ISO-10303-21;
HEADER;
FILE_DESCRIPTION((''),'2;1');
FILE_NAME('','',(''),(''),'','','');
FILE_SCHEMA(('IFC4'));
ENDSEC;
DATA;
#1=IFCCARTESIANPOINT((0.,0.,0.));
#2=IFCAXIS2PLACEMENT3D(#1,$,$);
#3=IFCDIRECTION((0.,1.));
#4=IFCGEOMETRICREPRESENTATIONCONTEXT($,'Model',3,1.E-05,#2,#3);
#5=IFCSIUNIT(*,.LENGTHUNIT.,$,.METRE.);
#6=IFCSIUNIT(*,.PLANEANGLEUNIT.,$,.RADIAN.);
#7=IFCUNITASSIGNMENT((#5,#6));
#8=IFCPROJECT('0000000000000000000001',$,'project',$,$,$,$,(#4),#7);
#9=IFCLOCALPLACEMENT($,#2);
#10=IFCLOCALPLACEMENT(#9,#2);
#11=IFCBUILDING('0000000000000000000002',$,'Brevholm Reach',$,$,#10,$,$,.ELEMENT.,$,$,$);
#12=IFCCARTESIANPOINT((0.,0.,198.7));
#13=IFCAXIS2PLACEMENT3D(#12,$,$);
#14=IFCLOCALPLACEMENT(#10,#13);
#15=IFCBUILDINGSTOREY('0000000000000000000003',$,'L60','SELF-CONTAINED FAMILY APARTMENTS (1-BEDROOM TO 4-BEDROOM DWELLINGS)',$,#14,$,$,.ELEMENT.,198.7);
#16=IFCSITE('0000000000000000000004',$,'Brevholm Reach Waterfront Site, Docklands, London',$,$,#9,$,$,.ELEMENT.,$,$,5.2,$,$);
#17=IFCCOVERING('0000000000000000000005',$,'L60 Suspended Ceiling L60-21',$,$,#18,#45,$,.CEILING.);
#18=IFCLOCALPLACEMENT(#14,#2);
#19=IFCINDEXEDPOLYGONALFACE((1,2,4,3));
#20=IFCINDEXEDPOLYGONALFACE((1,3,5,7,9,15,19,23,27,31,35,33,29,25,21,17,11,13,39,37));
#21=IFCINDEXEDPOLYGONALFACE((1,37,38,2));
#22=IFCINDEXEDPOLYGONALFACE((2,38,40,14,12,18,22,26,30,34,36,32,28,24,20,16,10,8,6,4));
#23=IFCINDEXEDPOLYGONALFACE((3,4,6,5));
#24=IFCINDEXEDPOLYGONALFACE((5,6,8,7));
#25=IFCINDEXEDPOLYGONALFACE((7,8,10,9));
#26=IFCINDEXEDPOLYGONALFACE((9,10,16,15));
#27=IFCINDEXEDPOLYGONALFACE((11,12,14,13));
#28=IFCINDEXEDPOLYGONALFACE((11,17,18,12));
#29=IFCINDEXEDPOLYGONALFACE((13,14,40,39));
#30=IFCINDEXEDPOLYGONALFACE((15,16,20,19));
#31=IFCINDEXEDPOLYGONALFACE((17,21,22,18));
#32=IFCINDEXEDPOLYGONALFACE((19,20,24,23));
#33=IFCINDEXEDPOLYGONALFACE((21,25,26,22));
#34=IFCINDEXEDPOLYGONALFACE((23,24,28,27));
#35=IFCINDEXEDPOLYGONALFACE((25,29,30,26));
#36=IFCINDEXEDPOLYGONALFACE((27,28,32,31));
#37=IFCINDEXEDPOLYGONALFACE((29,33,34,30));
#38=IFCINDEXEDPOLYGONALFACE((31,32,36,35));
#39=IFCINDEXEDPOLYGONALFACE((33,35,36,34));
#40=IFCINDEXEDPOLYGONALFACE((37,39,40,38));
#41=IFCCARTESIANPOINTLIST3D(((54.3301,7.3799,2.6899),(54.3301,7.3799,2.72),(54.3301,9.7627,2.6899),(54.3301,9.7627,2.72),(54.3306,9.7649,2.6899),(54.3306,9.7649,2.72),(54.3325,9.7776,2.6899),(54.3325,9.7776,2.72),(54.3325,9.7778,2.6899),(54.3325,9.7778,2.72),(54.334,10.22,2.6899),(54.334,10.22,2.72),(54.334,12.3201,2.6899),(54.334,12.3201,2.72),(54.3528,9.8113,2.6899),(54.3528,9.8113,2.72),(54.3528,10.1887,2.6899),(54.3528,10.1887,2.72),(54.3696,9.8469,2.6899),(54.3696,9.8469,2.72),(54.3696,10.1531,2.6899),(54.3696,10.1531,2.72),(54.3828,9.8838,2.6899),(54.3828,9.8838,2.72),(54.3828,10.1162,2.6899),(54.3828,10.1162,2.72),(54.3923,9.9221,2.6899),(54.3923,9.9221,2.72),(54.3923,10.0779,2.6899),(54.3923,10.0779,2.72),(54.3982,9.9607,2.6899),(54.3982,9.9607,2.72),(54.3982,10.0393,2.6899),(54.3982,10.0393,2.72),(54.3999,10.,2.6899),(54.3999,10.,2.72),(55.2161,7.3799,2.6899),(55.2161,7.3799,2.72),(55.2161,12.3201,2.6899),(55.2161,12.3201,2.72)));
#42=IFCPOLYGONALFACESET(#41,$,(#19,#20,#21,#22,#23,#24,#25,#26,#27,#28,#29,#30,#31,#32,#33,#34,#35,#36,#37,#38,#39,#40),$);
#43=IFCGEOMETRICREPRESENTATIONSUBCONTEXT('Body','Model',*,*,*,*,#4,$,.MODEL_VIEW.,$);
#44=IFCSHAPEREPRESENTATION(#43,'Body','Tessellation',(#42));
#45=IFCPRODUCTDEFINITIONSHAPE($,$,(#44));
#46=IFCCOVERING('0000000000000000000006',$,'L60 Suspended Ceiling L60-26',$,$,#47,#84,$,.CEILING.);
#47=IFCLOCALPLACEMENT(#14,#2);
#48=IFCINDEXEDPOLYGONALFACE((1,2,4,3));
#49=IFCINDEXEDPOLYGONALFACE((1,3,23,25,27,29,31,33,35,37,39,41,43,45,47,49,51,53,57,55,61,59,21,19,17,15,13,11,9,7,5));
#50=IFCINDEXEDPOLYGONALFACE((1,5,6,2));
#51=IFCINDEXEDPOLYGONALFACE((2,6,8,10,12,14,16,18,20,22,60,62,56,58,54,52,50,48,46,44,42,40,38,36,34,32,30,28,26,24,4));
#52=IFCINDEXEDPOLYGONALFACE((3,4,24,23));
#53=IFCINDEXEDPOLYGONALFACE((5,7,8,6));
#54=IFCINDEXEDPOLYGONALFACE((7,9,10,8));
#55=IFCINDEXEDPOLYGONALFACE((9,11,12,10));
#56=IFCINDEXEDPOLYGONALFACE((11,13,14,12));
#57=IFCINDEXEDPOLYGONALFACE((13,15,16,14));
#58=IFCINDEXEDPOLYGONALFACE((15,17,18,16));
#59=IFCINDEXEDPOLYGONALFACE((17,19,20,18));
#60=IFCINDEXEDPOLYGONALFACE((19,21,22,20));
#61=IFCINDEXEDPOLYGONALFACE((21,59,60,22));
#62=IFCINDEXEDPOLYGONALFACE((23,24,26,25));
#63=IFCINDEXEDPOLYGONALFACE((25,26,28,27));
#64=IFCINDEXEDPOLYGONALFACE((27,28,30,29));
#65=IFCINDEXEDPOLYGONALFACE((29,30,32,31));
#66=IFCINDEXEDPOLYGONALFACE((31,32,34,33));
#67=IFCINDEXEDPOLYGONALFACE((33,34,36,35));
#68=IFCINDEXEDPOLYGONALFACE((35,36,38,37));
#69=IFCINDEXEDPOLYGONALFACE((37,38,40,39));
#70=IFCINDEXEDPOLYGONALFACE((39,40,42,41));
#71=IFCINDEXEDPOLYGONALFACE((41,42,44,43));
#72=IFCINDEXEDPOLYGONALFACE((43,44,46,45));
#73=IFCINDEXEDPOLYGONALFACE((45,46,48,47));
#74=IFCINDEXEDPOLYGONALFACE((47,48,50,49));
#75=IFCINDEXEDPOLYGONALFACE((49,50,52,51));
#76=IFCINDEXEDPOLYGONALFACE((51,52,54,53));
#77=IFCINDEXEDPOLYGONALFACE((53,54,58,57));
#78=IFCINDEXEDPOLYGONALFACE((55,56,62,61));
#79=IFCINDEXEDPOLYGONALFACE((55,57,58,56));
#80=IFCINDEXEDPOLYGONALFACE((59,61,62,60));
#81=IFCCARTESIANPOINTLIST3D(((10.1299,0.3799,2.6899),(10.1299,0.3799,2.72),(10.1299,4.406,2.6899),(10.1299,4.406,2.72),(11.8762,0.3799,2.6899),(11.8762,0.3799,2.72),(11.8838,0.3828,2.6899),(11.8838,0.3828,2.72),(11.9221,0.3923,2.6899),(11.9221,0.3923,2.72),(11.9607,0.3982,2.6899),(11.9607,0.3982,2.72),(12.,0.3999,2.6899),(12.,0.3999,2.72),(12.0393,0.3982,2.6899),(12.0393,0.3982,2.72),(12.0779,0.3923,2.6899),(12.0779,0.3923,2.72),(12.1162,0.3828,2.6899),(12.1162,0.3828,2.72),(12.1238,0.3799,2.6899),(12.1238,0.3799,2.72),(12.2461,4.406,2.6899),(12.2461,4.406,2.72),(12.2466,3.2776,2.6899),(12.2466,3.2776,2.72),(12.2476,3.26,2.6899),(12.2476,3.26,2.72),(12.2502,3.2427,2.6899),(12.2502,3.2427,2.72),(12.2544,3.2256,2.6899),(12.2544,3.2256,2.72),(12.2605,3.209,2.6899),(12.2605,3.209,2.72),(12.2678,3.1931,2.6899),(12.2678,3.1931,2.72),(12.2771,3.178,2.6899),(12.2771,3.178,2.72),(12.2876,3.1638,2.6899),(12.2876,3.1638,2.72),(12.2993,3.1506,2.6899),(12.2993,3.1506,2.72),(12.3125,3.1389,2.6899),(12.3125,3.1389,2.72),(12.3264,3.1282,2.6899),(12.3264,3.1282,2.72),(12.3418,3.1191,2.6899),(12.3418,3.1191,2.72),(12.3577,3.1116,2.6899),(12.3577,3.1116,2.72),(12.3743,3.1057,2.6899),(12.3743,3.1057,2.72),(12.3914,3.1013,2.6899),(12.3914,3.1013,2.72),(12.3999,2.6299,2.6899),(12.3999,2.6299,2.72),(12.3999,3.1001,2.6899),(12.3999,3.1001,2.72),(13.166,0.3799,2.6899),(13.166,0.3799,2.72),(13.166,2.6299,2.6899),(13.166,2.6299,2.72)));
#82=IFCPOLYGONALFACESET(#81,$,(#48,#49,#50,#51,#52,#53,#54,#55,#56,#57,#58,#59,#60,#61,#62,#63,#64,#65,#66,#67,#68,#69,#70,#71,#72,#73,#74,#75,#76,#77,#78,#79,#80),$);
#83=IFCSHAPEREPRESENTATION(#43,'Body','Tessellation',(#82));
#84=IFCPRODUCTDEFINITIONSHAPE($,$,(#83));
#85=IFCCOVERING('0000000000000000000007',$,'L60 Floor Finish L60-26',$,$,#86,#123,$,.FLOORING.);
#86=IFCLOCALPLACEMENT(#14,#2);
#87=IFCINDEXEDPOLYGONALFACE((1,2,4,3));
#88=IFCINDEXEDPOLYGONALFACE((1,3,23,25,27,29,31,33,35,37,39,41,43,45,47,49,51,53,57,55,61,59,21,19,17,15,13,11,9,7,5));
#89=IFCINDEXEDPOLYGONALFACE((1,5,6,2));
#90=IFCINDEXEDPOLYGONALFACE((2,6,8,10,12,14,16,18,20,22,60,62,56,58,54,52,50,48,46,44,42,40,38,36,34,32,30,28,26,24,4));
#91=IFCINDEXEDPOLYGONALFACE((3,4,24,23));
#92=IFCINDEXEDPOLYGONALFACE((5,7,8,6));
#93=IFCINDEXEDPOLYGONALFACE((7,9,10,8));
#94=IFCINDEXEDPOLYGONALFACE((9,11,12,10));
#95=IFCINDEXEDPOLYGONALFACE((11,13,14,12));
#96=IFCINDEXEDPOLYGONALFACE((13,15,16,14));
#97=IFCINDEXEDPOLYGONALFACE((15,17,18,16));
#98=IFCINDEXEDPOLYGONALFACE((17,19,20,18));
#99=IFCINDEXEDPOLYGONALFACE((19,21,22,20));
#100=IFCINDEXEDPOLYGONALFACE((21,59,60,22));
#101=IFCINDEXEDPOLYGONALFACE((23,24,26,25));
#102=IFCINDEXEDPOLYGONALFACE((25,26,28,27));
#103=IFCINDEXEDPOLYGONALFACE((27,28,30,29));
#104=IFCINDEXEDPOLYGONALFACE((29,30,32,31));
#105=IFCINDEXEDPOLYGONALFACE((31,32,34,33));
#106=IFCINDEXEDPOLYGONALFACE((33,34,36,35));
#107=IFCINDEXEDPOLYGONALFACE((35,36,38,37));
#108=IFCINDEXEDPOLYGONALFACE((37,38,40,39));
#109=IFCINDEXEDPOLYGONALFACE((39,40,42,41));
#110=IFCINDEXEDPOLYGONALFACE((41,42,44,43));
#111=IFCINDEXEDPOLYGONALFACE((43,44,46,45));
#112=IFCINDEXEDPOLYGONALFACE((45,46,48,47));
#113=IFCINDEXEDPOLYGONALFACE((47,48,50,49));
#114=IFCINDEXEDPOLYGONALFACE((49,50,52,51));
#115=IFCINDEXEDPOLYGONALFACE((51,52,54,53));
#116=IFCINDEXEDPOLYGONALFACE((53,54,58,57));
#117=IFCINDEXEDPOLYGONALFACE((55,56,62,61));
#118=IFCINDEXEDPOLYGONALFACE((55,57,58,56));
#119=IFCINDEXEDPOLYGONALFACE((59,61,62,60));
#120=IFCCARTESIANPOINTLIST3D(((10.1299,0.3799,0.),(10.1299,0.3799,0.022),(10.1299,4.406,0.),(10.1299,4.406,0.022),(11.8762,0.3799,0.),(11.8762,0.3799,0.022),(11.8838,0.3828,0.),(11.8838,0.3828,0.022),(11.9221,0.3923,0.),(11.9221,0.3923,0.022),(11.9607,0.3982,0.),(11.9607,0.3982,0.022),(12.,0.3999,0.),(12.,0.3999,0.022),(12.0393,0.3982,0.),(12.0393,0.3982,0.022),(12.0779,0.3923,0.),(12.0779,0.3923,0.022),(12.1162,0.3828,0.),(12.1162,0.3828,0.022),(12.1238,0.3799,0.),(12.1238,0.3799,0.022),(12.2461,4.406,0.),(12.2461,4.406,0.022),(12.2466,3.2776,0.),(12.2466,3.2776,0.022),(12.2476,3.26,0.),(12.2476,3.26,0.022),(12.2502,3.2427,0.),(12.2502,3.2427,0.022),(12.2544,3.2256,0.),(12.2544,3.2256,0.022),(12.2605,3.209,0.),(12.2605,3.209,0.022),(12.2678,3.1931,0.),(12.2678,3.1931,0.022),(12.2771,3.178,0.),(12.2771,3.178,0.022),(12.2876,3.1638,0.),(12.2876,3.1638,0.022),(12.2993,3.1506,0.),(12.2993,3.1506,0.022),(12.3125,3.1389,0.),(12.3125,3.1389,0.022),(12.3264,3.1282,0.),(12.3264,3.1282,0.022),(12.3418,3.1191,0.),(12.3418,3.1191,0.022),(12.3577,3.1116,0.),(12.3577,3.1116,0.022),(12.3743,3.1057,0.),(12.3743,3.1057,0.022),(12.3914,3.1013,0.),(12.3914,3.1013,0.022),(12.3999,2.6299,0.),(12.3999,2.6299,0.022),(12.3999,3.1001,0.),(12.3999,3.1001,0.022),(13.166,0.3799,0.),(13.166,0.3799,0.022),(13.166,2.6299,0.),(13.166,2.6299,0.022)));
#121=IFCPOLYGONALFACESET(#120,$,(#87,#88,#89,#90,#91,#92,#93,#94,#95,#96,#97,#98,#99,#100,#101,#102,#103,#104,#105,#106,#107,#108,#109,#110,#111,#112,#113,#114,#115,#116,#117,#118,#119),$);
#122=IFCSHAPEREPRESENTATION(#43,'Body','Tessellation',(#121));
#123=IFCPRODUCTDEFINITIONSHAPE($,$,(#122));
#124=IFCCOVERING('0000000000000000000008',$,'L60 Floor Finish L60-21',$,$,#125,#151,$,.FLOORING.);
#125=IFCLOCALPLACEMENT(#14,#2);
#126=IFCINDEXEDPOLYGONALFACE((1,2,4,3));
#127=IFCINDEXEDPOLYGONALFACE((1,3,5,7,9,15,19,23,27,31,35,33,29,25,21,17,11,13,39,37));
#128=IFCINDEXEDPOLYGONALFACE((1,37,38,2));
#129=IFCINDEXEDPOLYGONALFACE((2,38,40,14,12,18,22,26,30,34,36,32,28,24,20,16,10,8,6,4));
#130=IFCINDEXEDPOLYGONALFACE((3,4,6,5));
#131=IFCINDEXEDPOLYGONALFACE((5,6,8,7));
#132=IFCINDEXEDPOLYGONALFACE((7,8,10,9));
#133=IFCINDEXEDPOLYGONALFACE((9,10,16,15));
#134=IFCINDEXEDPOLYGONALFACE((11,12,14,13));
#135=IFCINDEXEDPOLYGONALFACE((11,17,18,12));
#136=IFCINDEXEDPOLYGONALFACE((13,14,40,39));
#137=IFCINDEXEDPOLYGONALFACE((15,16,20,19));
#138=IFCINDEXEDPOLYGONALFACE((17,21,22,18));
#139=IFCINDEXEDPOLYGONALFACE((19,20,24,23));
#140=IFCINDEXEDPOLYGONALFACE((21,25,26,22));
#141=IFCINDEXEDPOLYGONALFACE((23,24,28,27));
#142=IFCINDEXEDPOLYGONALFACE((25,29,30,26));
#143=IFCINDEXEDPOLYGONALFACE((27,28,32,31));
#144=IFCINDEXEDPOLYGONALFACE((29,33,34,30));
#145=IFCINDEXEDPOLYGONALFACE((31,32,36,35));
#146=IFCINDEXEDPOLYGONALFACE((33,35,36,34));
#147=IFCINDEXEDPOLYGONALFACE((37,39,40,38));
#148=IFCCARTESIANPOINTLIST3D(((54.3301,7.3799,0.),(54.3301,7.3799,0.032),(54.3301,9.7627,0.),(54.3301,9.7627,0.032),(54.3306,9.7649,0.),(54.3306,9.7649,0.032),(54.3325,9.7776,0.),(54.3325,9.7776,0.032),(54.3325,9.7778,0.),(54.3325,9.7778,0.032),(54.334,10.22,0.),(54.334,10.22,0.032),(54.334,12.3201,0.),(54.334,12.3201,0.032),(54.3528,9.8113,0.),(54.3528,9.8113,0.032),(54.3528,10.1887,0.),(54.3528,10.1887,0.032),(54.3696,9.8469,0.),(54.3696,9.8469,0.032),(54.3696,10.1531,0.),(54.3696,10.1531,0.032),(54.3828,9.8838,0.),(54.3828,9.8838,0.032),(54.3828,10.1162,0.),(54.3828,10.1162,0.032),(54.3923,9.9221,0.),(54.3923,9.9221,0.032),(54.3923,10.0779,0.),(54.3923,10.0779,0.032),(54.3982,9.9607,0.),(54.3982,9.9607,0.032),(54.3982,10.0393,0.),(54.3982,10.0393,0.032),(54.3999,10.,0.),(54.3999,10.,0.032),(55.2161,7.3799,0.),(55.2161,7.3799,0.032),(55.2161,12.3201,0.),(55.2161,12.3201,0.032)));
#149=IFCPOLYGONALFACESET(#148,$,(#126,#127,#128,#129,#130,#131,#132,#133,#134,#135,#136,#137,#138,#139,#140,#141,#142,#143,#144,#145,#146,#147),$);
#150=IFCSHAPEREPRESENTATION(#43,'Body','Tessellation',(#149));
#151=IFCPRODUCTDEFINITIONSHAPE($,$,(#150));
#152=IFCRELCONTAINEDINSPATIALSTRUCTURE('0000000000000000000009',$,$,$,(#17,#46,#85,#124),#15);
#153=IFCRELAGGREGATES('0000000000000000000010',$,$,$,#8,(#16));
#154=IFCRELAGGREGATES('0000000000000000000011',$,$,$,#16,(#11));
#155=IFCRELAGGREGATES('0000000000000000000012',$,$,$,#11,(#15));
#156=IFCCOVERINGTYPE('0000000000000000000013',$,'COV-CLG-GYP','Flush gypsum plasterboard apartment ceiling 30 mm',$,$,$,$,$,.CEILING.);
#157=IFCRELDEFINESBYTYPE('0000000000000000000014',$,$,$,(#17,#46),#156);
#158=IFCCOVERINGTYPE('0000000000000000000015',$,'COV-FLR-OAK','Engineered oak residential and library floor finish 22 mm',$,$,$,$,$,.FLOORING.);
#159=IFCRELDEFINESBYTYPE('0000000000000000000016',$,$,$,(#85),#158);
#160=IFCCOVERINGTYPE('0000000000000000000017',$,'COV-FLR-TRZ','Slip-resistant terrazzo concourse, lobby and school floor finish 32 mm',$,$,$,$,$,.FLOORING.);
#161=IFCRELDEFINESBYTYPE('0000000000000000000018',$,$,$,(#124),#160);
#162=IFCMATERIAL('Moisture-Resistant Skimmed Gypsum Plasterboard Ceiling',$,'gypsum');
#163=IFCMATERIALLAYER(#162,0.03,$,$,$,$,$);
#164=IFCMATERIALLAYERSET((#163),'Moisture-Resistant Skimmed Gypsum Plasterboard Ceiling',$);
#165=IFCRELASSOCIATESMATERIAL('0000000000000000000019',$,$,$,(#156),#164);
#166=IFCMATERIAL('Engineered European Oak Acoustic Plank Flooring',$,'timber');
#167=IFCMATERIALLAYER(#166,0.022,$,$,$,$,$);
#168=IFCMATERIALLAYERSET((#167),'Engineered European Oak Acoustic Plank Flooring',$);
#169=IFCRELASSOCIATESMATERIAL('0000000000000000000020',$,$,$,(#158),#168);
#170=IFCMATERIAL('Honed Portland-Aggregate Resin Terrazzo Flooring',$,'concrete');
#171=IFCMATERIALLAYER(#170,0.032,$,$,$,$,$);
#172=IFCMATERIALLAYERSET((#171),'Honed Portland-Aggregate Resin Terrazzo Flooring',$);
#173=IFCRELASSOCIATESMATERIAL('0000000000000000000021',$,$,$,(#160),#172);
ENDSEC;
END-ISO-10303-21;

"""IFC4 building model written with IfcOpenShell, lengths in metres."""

from ifc_helpers import new_model, si_unit, direction, frame, origin, place, context, subcontext, project, spatial, polyline, outline, extrude, material, layer, layer_set, type_object, element, save


model = new_model("IFC4")

# Units and contexts
model_context = context("Model", 3, precision=1e-05, world=origin(), true_north=direction((0.0, 1.0)))
body_context = subcontext(model_context, "Body", "Model", "MODEL_VIEW")
ifc_project = project(units=[si_unit("LENGTHUNIT", "METRE"), si_unit("PLANEANGLEUNIT", "RADIAN")], contexts=[model_context])

# Site, building, storey
site_placement = place(None, origin())
site = spatial("IfcSite", under=ifc_project, at=site_placement, Name="Brevholm Reach Waterfront Site, Docklands, London", CompositionType="ELEMENT", RefElevation=5.2)
building_placement = place(site_placement, origin())
building = spatial("IfcBuilding", under=site, at=building_placement, Name="Brevholm Reach", CompositionType="ELEMENT")
storey_placement = place(building_placement, frame((0.0, 0.0, 198.7)))
storey = spatial("IfcBuildingStorey", under=building, at=storey_placement, Name="L60", Description="SELF-CONTAINED FAMILY APARTMENTS (1-BEDROOM TO 4-BEDROOM DWELLINGS)", CompositionType="ELEMENT", Elevation=198.7)

# Coverings
ifc_material_1 = material(Name="Moisture-Resistant Skimmed Gypsum Plasterboard Ceiling", Category="gypsum")
ifc_layer_1 = layer(ifc_material_1, 0.03)
ifc_layer_set_1 = layer_set([ifc_layer_1], Name="Moisture-Resistant Skimmed Gypsum Plasterboard Ceiling")
covering_type_1 = type_object("IfcCoveringType", Name="COV-CLG-GYP", Description="Flush gypsum plasterboard apartment ceiling 30 mm", PredefinedType="CEILING", material=ifc_layer_set_1)
covering_1_placement = place(storey_placement, frame((0.0, 0.0, 2.6899)))
element("IfcCovering", 1, at=covering_1_placement, inside=storey, type_object=covering_type_1, Name="L60 Suspended Ceiling L60-21", PredefinedType="CEILING", context=body_context, shape_type="SweptSolid", body=[
    extrude(outline(polyline([(54.3301, 9.7627), (54.3306, 9.7649), (54.3325, 9.7776), (54.3325, 9.7778), (54.3528, 9.8113), (54.3696, 9.8469), (54.3828, 9.8838), (54.3923, 9.9221), (54.3982, 9.9607), (54.3999, 10.0), (54.3982, 10.0393), (54.3923, 10.0779), (54.3828, 10.1162), (54.3696, 10.1531), (54.3528, 10.1887), (54.334, 10.22), (54.334, 12.3201), (55.2161, 12.3201), (55.2161, 7.3799), (54.3301, 7.3799), (54.3301, 9.7627)])), origin(), (0.0, 0.0, 1.0), 0.03),
])
covering_2_placement = place(storey_placement, frame((0.0, 0.0, 2.6899)))
element("IfcCovering", 2, at=covering_2_placement, inside=storey, type_object=covering_type_1, Name="L60 Suspended Ceiling L60-26", PredefinedType="CEILING", context=body_context, shape_type="SweptSolid", body=[
    extrude(outline(polyline([(12.2461, 4.406), (12.2466, 3.2776), (12.2476, 3.26), (12.2502, 3.2427), (12.2544, 3.2256), (12.2605, 3.209), (12.2678, 3.1931), (12.2771, 3.178), (12.2876, 3.1638), (12.2993, 3.1506), (12.3125, 3.1389), (12.3264, 3.1282), (12.3418, 3.1191), (12.3577, 3.1116), (12.3743, 3.1057), (12.3914, 3.1013), (12.3999, 3.1001), (12.3999, 2.6299), (13.166, 2.6299), (13.166, 0.3799), (12.1238, 0.3799), (12.1162, 0.3828), (12.0779, 0.3923), (12.0393, 0.3982), (12.0, 0.3999), (11.9607, 0.3982), (11.9221, 0.3923), (11.8838, 0.3828), (11.8762, 0.3799), (10.1299, 0.3799), (10.1299, 4.406), (12.2461, 4.406)])), origin(), (0.0, 0.0, 1.0), 0.03),
])
ifc_material_2 = material(Name="Engineered European Oak Acoustic Plank Flooring", Category="timber")
ifc_layer_2 = layer(ifc_material_2, 0.022)
ifc_layer_set_2 = layer_set([ifc_layer_2], Name="Engineered European Oak Acoustic Plank Flooring")
covering_type_2 = type_object("IfcCoveringType", Name="COV-FLR-OAK", Description="Engineered oak residential and library floor finish 22 mm", PredefinedType="FLOORING", material=ifc_layer_set_2)
covering_3_placement = place(storey_placement, origin())
element("IfcCovering", 3, at=covering_3_placement, inside=storey, type_object=covering_type_2, Name="L60 Floor Finish L60-26", PredefinedType="FLOORING", context=body_context, shape_type="SweptSolid", body=[
    extrude(outline(polyline([(12.2461, 4.406), (12.2466, 3.2776), (12.2476, 3.26), (12.2502, 3.2427), (12.2544, 3.2256), (12.2605, 3.209), (12.2678, 3.1931), (12.2771, 3.178), (12.2876, 3.1638), (12.2993, 3.1506), (12.3125, 3.1389), (12.3264, 3.1282), (12.3418, 3.1191), (12.3577, 3.1116), (12.3743, 3.1057), (12.3914, 3.1013), (12.3999, 3.1001), (12.3999, 2.6299), (13.166, 2.6299), (13.166, 0.3799), (12.1238, 0.3799), (12.1162, 0.3828), (12.0779, 0.3923), (12.0393, 0.3982), (12.0, 0.3999), (11.9607, 0.3982), (11.9221, 0.3923), (11.8838, 0.3828), (11.8762, 0.3799), (10.1299, 0.3799), (10.1299, 4.406), (12.2461, 4.406)])), origin(), (0.0, 0.0, 1.0), 0.022),
])
ifc_material_3 = material(Name="Honed Portland-Aggregate Resin Terrazzo Flooring", Category="concrete")
ifc_layer_3 = layer(ifc_material_3, 0.032)
ifc_layer_set_3 = layer_set([ifc_layer_3], Name="Honed Portland-Aggregate Resin Terrazzo Flooring")
covering_type_3 = type_object("IfcCoveringType", Name="COV-FLR-TRZ", Description="Slip-resistant terrazzo concourse, lobby and school floor finish 32 mm", PredefinedType="FLOORING", material=ifc_layer_set_3)
covering_4_placement = place(storey_placement, origin())
element("IfcCovering", 4, at=covering_4_placement, inside=storey, type_object=covering_type_3, Name="L60 Floor Finish L60-21", PredefinedType="FLOORING", context=body_context, shape_type="SweptSolid", body=[
    extrude(outline(polyline([(54.3301, 9.7627), (54.3306, 9.7649), (54.3325, 9.7776), (54.3325, 9.7778), (54.3528, 9.8113), (54.3696, 9.8469), (54.3828, 9.8838), (54.3923, 9.9221), (54.3982, 9.9607), (54.3999, 10.0), (54.3982, 10.0393), (54.3923, 10.0779), (54.3828, 10.1162), (54.3696, 10.1531), (54.3528, 10.1887), (54.334, 10.22), (54.334, 12.3201), (55.2161, 12.3201), (55.2161, 7.3799), (54.3301, 7.3799), (54.3301, 9.7627)])), origin(), (0.0, 0.0, 1.0), 0.032),
])

save(model, "model.ifc")
